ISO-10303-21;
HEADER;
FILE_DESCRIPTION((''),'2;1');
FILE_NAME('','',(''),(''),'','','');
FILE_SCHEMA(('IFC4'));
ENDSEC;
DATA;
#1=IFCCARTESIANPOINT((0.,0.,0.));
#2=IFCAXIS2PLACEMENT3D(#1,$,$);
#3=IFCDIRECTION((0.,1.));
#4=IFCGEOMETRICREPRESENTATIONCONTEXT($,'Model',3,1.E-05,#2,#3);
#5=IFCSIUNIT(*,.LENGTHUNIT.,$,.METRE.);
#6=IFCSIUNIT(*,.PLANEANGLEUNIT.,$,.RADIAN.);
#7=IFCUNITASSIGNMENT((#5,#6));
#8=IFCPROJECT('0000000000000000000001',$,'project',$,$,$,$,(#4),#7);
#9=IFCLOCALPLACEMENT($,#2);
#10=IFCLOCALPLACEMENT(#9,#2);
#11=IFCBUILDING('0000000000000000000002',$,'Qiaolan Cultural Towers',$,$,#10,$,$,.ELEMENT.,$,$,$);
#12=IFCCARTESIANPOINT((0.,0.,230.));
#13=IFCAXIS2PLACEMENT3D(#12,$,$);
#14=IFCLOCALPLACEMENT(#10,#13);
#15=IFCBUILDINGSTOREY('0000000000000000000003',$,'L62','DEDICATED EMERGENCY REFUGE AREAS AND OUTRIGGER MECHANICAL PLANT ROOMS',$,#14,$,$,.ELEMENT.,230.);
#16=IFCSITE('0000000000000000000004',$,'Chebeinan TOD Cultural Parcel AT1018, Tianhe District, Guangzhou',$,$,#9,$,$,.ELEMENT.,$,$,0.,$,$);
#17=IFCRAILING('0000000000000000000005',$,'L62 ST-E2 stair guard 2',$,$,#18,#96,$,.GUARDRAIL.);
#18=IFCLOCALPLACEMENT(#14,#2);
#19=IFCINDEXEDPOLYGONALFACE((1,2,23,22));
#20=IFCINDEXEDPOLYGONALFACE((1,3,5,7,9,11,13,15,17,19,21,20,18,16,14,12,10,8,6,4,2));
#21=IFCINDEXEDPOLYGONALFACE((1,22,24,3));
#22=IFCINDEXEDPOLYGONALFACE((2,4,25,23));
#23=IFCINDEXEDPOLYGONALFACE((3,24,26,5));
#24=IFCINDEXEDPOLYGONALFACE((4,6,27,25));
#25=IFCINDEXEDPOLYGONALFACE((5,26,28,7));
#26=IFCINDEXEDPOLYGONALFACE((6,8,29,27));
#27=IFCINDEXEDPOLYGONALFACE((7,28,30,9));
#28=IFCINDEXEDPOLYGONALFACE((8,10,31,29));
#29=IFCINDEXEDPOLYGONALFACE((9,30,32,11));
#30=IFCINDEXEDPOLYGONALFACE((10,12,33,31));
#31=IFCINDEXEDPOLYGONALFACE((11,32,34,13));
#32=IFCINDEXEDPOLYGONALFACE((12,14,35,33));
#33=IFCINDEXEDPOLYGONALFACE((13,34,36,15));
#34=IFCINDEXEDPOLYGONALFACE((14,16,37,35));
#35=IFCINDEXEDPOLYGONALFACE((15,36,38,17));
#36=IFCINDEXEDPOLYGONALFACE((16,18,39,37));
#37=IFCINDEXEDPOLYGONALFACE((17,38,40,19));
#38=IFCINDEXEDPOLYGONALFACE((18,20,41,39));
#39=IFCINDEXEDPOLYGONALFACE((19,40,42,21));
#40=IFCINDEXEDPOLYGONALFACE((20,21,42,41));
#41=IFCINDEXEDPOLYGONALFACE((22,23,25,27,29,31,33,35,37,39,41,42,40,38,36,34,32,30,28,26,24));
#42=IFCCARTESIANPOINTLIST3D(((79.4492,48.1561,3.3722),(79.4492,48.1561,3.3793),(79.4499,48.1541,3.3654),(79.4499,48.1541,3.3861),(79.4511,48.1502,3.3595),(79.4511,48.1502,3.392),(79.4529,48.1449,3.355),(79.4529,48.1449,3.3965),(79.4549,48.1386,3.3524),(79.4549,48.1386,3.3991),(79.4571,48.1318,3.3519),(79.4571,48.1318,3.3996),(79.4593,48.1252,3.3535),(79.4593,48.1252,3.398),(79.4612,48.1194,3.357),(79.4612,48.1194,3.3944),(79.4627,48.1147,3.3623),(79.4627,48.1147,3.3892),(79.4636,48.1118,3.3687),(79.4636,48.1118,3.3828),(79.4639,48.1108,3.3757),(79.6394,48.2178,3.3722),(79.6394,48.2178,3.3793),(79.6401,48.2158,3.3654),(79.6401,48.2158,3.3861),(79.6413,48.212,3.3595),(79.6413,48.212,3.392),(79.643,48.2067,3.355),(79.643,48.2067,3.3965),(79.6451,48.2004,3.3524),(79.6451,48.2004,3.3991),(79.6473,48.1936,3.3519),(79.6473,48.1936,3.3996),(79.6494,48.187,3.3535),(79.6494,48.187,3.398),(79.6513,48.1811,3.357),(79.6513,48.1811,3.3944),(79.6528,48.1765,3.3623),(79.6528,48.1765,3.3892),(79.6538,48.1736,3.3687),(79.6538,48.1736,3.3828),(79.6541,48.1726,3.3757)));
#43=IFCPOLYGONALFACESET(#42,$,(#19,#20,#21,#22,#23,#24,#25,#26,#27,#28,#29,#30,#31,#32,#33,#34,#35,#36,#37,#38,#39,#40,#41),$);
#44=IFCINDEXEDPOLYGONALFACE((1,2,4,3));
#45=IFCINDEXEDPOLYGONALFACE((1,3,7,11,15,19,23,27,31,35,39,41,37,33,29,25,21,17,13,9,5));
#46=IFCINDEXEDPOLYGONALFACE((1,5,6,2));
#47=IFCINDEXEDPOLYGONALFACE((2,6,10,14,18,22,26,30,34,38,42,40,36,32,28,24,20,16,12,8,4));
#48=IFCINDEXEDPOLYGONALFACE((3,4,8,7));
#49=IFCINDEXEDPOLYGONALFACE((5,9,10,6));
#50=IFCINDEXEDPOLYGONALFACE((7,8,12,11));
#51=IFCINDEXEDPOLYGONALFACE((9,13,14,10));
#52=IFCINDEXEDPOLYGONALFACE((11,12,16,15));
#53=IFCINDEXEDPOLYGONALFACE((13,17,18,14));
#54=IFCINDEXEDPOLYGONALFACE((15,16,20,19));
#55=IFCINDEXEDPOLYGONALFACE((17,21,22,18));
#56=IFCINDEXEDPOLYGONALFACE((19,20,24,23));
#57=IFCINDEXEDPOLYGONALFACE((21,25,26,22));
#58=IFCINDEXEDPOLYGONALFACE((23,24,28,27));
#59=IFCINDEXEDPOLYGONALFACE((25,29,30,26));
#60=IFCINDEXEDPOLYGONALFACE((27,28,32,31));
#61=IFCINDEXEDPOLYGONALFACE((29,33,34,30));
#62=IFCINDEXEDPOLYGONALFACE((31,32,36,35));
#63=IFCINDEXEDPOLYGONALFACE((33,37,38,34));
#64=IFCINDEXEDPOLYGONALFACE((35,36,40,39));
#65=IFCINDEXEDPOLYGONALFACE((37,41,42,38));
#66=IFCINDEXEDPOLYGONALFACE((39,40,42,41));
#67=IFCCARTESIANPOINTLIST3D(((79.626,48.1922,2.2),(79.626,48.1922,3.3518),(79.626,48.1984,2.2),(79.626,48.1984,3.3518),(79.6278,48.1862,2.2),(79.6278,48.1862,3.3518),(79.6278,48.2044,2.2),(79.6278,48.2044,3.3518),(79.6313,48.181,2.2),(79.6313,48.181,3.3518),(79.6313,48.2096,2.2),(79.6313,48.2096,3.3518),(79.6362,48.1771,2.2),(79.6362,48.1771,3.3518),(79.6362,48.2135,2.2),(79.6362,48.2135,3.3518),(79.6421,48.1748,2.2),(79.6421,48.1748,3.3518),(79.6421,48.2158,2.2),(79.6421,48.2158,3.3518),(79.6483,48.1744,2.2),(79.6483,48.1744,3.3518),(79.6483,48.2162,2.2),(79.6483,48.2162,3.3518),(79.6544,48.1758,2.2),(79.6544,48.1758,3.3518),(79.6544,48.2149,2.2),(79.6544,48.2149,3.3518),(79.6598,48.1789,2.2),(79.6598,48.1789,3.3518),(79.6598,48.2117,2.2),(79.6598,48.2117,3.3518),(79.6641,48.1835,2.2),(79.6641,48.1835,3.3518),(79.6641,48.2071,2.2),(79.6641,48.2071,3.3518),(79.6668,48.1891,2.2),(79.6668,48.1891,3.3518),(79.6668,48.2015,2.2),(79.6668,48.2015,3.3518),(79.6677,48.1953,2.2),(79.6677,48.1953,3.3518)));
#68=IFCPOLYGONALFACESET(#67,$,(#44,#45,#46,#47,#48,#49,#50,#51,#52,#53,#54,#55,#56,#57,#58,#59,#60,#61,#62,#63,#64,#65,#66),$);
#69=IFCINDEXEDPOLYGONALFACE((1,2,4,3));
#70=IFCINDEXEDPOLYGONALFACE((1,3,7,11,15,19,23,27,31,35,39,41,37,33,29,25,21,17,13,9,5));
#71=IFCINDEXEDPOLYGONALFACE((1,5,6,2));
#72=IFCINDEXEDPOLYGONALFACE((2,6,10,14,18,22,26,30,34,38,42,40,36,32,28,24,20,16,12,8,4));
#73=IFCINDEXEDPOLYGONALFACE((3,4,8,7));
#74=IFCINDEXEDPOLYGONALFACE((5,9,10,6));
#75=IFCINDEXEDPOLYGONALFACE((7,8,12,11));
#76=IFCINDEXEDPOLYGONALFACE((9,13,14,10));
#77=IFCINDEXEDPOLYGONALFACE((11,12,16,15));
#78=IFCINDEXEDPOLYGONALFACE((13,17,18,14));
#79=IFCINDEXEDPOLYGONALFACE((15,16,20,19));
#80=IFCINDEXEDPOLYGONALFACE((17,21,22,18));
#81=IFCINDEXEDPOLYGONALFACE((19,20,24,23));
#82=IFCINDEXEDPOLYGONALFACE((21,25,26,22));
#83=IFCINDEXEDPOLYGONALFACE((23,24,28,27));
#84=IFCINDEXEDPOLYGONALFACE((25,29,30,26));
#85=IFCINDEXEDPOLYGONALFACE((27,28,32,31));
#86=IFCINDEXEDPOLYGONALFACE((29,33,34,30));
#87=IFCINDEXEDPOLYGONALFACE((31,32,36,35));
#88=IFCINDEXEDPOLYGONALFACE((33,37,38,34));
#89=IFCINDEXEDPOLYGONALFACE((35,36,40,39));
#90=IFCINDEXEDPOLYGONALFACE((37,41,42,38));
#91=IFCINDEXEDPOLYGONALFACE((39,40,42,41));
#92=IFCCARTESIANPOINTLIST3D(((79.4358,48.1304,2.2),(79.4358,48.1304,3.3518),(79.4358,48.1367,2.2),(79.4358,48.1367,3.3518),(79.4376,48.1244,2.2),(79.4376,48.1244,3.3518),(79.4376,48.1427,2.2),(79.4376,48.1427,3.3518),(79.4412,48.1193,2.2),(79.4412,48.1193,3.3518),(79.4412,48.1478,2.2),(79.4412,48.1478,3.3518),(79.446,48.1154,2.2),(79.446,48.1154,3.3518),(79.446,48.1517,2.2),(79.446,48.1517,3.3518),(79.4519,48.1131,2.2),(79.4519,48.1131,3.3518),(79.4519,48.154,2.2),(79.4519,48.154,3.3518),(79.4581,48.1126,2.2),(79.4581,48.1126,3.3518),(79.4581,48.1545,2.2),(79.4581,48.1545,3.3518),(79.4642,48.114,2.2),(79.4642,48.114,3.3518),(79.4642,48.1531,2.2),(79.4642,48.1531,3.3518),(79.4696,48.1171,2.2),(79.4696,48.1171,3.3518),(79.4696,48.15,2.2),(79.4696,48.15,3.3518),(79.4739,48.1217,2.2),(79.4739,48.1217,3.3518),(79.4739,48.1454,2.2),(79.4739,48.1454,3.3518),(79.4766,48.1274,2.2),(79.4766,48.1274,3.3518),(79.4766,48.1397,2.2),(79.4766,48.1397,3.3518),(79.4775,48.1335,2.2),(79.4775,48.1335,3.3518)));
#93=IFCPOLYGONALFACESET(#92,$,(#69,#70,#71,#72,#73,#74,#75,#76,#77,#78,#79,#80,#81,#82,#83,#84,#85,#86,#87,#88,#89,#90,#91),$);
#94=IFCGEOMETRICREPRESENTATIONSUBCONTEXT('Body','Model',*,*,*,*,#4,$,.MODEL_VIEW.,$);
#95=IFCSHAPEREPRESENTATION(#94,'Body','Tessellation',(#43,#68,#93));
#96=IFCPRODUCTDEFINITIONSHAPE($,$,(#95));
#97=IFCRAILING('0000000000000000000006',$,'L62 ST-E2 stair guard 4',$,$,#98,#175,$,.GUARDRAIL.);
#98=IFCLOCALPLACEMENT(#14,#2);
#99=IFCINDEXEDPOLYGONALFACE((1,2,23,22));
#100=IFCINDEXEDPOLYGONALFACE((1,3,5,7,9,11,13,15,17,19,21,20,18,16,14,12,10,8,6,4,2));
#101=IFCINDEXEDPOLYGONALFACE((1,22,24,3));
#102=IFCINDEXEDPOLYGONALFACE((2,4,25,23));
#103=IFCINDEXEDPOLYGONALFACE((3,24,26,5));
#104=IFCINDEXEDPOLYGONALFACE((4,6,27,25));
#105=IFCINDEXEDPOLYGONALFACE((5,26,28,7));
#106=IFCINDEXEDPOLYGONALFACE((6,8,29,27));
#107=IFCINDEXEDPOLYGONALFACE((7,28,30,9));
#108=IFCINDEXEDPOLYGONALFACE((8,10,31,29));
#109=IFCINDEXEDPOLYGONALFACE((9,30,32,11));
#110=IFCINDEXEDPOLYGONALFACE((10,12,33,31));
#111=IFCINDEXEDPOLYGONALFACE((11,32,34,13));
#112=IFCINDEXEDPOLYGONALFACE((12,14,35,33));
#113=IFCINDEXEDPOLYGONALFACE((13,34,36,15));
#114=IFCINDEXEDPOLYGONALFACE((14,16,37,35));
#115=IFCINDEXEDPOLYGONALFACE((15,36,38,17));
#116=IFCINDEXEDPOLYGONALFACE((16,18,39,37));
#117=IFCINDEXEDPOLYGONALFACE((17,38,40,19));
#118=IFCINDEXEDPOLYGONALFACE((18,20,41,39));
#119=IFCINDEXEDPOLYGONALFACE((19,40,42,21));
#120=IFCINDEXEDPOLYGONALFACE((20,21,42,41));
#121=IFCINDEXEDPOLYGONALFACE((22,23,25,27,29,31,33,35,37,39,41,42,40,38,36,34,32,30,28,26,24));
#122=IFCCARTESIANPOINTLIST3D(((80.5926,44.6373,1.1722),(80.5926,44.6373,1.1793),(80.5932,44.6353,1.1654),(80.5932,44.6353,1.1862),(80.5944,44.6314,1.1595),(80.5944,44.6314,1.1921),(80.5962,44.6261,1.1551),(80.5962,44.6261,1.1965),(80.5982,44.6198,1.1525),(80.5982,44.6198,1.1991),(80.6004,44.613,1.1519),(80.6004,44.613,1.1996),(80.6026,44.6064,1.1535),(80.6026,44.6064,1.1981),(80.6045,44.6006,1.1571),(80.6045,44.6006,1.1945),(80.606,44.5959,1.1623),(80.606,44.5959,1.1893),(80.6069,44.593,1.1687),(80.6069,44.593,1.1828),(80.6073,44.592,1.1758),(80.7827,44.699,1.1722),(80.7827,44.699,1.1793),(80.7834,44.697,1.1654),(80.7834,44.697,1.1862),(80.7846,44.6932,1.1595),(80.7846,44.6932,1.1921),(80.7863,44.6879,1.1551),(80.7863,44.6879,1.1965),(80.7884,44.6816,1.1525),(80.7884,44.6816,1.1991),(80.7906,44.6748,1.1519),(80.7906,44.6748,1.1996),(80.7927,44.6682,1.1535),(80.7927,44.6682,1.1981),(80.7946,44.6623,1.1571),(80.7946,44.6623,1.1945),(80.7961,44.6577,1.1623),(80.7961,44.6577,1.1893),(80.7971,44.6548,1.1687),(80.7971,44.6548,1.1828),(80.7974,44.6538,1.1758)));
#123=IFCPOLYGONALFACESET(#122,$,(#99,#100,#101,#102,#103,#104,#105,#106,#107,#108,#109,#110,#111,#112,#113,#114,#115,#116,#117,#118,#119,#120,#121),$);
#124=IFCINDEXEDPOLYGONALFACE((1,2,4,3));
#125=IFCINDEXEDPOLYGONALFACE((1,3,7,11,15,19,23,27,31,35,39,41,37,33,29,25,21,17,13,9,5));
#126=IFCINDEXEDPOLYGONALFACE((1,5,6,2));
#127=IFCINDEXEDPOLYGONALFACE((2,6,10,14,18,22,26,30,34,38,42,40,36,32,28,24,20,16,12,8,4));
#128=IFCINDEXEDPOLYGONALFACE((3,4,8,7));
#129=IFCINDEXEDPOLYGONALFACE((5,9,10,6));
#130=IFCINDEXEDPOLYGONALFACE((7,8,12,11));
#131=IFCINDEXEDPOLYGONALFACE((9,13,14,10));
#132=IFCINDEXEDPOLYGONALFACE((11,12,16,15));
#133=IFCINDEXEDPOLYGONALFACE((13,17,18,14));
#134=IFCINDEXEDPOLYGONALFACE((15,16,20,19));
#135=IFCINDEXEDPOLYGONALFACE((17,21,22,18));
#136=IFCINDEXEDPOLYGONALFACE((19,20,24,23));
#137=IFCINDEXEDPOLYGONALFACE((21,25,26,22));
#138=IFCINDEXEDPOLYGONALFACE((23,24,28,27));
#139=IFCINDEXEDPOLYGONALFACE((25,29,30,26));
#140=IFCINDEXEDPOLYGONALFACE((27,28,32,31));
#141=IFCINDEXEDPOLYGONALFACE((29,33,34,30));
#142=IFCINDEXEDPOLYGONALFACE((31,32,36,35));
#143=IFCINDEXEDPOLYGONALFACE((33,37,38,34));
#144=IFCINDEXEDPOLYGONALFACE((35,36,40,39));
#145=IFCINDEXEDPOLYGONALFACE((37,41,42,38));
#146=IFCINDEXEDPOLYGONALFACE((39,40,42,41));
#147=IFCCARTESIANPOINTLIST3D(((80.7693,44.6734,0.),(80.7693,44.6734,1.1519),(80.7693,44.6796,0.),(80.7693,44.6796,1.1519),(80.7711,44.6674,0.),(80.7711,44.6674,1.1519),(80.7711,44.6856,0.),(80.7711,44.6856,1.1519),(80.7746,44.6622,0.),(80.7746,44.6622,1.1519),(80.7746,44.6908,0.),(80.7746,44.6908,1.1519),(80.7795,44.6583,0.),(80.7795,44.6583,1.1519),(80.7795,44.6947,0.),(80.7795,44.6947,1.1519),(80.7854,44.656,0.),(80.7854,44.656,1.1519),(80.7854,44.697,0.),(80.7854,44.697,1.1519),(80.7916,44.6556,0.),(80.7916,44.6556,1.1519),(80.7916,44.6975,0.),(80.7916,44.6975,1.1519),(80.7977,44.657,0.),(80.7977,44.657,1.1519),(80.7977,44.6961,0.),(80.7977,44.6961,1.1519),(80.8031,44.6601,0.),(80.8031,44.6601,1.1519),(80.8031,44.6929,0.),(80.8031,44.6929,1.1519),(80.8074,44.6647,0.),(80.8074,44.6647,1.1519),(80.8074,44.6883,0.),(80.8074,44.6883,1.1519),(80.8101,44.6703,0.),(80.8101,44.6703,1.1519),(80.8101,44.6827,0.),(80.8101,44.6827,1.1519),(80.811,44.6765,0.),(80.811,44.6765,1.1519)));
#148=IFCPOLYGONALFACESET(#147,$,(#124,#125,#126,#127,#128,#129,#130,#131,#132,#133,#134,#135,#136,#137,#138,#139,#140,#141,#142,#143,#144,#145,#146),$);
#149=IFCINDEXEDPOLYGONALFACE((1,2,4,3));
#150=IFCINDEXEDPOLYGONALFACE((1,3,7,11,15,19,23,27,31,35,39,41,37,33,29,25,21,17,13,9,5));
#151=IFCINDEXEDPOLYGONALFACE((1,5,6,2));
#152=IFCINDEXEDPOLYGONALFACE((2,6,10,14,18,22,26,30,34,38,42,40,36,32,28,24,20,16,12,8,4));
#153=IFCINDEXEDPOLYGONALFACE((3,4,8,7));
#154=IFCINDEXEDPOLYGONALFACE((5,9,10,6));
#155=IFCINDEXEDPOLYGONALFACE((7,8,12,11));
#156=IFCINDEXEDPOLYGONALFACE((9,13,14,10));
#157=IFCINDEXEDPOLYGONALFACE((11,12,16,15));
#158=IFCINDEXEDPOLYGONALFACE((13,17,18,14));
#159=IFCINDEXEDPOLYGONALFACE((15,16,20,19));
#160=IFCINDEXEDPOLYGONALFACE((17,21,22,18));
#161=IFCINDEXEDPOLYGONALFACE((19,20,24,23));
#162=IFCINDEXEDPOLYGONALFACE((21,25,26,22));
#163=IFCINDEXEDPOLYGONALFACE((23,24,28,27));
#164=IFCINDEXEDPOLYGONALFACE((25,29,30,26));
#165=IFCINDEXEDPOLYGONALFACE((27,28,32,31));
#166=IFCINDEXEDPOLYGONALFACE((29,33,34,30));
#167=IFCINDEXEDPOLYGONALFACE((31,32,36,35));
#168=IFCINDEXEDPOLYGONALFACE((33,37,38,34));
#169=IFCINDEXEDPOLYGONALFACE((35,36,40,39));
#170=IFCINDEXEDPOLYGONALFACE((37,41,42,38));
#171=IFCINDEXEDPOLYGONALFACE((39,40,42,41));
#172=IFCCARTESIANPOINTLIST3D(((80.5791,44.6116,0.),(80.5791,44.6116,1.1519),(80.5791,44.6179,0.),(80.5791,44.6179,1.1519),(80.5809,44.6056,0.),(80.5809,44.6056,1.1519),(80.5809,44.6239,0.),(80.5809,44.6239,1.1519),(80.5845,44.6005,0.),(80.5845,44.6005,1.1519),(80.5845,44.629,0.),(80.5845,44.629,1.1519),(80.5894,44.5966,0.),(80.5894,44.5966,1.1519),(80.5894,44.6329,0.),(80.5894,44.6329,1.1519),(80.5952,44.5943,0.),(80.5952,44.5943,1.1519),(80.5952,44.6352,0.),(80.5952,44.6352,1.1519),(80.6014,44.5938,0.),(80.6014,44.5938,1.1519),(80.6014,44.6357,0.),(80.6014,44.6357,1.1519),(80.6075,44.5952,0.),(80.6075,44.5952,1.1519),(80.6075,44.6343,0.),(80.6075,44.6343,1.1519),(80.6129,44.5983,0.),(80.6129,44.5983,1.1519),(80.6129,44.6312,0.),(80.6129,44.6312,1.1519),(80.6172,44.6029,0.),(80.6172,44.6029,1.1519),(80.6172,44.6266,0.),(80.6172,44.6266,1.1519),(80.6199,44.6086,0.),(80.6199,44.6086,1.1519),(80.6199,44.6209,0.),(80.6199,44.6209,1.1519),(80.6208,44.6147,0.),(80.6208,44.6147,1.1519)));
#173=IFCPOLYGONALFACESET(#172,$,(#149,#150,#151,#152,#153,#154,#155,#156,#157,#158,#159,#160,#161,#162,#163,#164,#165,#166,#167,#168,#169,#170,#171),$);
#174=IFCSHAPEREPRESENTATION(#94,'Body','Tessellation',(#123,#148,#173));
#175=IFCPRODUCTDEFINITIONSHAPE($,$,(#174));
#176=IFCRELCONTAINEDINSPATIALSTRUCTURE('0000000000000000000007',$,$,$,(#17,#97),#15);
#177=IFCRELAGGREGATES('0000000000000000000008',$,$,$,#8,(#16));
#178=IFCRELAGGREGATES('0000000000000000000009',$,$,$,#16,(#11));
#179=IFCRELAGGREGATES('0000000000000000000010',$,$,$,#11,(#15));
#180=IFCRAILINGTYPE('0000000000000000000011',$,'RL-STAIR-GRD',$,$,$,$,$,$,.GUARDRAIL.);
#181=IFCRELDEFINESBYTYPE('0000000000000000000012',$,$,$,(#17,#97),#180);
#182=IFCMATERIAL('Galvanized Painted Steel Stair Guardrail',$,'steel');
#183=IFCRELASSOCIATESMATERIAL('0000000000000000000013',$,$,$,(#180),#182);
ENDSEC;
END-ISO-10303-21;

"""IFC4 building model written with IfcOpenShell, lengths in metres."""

from ifc_helpers import new_model, si_unit, direction, frame, origin, origin_2d, place, context, subcontext, project, spatial, circle, extrude, material, type_object, element, save


model = new_model("IFC4")

# Units and contexts
model_context = context("Model", 3, precision=1e-05, world=origin(), true_north=direction((0.0, 1.0)))
body_context = subcontext(model_context, "Body", "Model", "MODEL_VIEW")
ifc_project = project(units=[si_unit("LENGTHUNIT", "METRE"), si_unit("PLANEANGLEUNIT", "RADIAN")], contexts=[model_context])

# Site, building, storey
site_placement = place(None, origin())
site = spatial("IfcSite", under=ifc_project, at=site_placement, Name="Chebeinan TOD Cultural Parcel AT1018, Tianhe District, Guangzhou", CompositionType="ELEMENT", RefElevation=0.0)
building_placement = place(site_placement, origin())
building = spatial("IfcBuilding", under=site, at=building_placement, Name="Qiaolan Cultural Towers", CompositionType="ELEMENT")
storey_placement = place(building_placement, frame((0.0, 0.0, 230.0)))
storey = spatial("IfcBuildingStorey", under=building, at=storey_placement, Name="L62", Description="DEDICATED EMERGENCY REFUGE AREAS AND OUTRIGGER MECHANICAL PLANT ROOMS", CompositionType="ELEMENT", Elevation=230.0)

# Railings
ifc_material_1 = material(Name="Galvanized Painted Steel Stair Guardrail", Category="steel")
railing_type_1 = type_object("IfcRailingType", Name="RL-STAIR-GRD", PredefinedType="GUARDRAIL", material=ifc_material_1)
for number, where, name in (
    (1, (79.6467, 48.1953, 2.2), "L62 ST-E2 stair guard 2"),
    (2, (80.79, 44.6765, 0.0), "L62 ST-E2 stair guard 4"),
):
    element("IfcRailing", number, at=place(storey_placement, frame(where)), inside=storey, type_object=railing_type_1, Name=name, PredefinedType="GUARDRAIL", context=body_context, shape_type="SweptSolid", body=[
        extrude(circle(Radius=0.0239, at=origin_2d()), frame((0.0, 0.0, 1.1758), z_axis=(-0.951097, -0.308893, 0.0), x_axis=(0.308893, -0.951097, 0.0)), (0.0, 0.0, 1.0), 0.2),
        extrude(circle(Radius=0.021, at=origin_2d()), origin(), (0.0, 0.0, 1.0), 1.1519),
        extrude(circle(Radius=0.021, at=origin_2d()), frame((-0.1902, -0.0618, 0.0)), (0.0, 0.0, 1.0), 1.1519),
    ])

save(model, "model.ifc")
